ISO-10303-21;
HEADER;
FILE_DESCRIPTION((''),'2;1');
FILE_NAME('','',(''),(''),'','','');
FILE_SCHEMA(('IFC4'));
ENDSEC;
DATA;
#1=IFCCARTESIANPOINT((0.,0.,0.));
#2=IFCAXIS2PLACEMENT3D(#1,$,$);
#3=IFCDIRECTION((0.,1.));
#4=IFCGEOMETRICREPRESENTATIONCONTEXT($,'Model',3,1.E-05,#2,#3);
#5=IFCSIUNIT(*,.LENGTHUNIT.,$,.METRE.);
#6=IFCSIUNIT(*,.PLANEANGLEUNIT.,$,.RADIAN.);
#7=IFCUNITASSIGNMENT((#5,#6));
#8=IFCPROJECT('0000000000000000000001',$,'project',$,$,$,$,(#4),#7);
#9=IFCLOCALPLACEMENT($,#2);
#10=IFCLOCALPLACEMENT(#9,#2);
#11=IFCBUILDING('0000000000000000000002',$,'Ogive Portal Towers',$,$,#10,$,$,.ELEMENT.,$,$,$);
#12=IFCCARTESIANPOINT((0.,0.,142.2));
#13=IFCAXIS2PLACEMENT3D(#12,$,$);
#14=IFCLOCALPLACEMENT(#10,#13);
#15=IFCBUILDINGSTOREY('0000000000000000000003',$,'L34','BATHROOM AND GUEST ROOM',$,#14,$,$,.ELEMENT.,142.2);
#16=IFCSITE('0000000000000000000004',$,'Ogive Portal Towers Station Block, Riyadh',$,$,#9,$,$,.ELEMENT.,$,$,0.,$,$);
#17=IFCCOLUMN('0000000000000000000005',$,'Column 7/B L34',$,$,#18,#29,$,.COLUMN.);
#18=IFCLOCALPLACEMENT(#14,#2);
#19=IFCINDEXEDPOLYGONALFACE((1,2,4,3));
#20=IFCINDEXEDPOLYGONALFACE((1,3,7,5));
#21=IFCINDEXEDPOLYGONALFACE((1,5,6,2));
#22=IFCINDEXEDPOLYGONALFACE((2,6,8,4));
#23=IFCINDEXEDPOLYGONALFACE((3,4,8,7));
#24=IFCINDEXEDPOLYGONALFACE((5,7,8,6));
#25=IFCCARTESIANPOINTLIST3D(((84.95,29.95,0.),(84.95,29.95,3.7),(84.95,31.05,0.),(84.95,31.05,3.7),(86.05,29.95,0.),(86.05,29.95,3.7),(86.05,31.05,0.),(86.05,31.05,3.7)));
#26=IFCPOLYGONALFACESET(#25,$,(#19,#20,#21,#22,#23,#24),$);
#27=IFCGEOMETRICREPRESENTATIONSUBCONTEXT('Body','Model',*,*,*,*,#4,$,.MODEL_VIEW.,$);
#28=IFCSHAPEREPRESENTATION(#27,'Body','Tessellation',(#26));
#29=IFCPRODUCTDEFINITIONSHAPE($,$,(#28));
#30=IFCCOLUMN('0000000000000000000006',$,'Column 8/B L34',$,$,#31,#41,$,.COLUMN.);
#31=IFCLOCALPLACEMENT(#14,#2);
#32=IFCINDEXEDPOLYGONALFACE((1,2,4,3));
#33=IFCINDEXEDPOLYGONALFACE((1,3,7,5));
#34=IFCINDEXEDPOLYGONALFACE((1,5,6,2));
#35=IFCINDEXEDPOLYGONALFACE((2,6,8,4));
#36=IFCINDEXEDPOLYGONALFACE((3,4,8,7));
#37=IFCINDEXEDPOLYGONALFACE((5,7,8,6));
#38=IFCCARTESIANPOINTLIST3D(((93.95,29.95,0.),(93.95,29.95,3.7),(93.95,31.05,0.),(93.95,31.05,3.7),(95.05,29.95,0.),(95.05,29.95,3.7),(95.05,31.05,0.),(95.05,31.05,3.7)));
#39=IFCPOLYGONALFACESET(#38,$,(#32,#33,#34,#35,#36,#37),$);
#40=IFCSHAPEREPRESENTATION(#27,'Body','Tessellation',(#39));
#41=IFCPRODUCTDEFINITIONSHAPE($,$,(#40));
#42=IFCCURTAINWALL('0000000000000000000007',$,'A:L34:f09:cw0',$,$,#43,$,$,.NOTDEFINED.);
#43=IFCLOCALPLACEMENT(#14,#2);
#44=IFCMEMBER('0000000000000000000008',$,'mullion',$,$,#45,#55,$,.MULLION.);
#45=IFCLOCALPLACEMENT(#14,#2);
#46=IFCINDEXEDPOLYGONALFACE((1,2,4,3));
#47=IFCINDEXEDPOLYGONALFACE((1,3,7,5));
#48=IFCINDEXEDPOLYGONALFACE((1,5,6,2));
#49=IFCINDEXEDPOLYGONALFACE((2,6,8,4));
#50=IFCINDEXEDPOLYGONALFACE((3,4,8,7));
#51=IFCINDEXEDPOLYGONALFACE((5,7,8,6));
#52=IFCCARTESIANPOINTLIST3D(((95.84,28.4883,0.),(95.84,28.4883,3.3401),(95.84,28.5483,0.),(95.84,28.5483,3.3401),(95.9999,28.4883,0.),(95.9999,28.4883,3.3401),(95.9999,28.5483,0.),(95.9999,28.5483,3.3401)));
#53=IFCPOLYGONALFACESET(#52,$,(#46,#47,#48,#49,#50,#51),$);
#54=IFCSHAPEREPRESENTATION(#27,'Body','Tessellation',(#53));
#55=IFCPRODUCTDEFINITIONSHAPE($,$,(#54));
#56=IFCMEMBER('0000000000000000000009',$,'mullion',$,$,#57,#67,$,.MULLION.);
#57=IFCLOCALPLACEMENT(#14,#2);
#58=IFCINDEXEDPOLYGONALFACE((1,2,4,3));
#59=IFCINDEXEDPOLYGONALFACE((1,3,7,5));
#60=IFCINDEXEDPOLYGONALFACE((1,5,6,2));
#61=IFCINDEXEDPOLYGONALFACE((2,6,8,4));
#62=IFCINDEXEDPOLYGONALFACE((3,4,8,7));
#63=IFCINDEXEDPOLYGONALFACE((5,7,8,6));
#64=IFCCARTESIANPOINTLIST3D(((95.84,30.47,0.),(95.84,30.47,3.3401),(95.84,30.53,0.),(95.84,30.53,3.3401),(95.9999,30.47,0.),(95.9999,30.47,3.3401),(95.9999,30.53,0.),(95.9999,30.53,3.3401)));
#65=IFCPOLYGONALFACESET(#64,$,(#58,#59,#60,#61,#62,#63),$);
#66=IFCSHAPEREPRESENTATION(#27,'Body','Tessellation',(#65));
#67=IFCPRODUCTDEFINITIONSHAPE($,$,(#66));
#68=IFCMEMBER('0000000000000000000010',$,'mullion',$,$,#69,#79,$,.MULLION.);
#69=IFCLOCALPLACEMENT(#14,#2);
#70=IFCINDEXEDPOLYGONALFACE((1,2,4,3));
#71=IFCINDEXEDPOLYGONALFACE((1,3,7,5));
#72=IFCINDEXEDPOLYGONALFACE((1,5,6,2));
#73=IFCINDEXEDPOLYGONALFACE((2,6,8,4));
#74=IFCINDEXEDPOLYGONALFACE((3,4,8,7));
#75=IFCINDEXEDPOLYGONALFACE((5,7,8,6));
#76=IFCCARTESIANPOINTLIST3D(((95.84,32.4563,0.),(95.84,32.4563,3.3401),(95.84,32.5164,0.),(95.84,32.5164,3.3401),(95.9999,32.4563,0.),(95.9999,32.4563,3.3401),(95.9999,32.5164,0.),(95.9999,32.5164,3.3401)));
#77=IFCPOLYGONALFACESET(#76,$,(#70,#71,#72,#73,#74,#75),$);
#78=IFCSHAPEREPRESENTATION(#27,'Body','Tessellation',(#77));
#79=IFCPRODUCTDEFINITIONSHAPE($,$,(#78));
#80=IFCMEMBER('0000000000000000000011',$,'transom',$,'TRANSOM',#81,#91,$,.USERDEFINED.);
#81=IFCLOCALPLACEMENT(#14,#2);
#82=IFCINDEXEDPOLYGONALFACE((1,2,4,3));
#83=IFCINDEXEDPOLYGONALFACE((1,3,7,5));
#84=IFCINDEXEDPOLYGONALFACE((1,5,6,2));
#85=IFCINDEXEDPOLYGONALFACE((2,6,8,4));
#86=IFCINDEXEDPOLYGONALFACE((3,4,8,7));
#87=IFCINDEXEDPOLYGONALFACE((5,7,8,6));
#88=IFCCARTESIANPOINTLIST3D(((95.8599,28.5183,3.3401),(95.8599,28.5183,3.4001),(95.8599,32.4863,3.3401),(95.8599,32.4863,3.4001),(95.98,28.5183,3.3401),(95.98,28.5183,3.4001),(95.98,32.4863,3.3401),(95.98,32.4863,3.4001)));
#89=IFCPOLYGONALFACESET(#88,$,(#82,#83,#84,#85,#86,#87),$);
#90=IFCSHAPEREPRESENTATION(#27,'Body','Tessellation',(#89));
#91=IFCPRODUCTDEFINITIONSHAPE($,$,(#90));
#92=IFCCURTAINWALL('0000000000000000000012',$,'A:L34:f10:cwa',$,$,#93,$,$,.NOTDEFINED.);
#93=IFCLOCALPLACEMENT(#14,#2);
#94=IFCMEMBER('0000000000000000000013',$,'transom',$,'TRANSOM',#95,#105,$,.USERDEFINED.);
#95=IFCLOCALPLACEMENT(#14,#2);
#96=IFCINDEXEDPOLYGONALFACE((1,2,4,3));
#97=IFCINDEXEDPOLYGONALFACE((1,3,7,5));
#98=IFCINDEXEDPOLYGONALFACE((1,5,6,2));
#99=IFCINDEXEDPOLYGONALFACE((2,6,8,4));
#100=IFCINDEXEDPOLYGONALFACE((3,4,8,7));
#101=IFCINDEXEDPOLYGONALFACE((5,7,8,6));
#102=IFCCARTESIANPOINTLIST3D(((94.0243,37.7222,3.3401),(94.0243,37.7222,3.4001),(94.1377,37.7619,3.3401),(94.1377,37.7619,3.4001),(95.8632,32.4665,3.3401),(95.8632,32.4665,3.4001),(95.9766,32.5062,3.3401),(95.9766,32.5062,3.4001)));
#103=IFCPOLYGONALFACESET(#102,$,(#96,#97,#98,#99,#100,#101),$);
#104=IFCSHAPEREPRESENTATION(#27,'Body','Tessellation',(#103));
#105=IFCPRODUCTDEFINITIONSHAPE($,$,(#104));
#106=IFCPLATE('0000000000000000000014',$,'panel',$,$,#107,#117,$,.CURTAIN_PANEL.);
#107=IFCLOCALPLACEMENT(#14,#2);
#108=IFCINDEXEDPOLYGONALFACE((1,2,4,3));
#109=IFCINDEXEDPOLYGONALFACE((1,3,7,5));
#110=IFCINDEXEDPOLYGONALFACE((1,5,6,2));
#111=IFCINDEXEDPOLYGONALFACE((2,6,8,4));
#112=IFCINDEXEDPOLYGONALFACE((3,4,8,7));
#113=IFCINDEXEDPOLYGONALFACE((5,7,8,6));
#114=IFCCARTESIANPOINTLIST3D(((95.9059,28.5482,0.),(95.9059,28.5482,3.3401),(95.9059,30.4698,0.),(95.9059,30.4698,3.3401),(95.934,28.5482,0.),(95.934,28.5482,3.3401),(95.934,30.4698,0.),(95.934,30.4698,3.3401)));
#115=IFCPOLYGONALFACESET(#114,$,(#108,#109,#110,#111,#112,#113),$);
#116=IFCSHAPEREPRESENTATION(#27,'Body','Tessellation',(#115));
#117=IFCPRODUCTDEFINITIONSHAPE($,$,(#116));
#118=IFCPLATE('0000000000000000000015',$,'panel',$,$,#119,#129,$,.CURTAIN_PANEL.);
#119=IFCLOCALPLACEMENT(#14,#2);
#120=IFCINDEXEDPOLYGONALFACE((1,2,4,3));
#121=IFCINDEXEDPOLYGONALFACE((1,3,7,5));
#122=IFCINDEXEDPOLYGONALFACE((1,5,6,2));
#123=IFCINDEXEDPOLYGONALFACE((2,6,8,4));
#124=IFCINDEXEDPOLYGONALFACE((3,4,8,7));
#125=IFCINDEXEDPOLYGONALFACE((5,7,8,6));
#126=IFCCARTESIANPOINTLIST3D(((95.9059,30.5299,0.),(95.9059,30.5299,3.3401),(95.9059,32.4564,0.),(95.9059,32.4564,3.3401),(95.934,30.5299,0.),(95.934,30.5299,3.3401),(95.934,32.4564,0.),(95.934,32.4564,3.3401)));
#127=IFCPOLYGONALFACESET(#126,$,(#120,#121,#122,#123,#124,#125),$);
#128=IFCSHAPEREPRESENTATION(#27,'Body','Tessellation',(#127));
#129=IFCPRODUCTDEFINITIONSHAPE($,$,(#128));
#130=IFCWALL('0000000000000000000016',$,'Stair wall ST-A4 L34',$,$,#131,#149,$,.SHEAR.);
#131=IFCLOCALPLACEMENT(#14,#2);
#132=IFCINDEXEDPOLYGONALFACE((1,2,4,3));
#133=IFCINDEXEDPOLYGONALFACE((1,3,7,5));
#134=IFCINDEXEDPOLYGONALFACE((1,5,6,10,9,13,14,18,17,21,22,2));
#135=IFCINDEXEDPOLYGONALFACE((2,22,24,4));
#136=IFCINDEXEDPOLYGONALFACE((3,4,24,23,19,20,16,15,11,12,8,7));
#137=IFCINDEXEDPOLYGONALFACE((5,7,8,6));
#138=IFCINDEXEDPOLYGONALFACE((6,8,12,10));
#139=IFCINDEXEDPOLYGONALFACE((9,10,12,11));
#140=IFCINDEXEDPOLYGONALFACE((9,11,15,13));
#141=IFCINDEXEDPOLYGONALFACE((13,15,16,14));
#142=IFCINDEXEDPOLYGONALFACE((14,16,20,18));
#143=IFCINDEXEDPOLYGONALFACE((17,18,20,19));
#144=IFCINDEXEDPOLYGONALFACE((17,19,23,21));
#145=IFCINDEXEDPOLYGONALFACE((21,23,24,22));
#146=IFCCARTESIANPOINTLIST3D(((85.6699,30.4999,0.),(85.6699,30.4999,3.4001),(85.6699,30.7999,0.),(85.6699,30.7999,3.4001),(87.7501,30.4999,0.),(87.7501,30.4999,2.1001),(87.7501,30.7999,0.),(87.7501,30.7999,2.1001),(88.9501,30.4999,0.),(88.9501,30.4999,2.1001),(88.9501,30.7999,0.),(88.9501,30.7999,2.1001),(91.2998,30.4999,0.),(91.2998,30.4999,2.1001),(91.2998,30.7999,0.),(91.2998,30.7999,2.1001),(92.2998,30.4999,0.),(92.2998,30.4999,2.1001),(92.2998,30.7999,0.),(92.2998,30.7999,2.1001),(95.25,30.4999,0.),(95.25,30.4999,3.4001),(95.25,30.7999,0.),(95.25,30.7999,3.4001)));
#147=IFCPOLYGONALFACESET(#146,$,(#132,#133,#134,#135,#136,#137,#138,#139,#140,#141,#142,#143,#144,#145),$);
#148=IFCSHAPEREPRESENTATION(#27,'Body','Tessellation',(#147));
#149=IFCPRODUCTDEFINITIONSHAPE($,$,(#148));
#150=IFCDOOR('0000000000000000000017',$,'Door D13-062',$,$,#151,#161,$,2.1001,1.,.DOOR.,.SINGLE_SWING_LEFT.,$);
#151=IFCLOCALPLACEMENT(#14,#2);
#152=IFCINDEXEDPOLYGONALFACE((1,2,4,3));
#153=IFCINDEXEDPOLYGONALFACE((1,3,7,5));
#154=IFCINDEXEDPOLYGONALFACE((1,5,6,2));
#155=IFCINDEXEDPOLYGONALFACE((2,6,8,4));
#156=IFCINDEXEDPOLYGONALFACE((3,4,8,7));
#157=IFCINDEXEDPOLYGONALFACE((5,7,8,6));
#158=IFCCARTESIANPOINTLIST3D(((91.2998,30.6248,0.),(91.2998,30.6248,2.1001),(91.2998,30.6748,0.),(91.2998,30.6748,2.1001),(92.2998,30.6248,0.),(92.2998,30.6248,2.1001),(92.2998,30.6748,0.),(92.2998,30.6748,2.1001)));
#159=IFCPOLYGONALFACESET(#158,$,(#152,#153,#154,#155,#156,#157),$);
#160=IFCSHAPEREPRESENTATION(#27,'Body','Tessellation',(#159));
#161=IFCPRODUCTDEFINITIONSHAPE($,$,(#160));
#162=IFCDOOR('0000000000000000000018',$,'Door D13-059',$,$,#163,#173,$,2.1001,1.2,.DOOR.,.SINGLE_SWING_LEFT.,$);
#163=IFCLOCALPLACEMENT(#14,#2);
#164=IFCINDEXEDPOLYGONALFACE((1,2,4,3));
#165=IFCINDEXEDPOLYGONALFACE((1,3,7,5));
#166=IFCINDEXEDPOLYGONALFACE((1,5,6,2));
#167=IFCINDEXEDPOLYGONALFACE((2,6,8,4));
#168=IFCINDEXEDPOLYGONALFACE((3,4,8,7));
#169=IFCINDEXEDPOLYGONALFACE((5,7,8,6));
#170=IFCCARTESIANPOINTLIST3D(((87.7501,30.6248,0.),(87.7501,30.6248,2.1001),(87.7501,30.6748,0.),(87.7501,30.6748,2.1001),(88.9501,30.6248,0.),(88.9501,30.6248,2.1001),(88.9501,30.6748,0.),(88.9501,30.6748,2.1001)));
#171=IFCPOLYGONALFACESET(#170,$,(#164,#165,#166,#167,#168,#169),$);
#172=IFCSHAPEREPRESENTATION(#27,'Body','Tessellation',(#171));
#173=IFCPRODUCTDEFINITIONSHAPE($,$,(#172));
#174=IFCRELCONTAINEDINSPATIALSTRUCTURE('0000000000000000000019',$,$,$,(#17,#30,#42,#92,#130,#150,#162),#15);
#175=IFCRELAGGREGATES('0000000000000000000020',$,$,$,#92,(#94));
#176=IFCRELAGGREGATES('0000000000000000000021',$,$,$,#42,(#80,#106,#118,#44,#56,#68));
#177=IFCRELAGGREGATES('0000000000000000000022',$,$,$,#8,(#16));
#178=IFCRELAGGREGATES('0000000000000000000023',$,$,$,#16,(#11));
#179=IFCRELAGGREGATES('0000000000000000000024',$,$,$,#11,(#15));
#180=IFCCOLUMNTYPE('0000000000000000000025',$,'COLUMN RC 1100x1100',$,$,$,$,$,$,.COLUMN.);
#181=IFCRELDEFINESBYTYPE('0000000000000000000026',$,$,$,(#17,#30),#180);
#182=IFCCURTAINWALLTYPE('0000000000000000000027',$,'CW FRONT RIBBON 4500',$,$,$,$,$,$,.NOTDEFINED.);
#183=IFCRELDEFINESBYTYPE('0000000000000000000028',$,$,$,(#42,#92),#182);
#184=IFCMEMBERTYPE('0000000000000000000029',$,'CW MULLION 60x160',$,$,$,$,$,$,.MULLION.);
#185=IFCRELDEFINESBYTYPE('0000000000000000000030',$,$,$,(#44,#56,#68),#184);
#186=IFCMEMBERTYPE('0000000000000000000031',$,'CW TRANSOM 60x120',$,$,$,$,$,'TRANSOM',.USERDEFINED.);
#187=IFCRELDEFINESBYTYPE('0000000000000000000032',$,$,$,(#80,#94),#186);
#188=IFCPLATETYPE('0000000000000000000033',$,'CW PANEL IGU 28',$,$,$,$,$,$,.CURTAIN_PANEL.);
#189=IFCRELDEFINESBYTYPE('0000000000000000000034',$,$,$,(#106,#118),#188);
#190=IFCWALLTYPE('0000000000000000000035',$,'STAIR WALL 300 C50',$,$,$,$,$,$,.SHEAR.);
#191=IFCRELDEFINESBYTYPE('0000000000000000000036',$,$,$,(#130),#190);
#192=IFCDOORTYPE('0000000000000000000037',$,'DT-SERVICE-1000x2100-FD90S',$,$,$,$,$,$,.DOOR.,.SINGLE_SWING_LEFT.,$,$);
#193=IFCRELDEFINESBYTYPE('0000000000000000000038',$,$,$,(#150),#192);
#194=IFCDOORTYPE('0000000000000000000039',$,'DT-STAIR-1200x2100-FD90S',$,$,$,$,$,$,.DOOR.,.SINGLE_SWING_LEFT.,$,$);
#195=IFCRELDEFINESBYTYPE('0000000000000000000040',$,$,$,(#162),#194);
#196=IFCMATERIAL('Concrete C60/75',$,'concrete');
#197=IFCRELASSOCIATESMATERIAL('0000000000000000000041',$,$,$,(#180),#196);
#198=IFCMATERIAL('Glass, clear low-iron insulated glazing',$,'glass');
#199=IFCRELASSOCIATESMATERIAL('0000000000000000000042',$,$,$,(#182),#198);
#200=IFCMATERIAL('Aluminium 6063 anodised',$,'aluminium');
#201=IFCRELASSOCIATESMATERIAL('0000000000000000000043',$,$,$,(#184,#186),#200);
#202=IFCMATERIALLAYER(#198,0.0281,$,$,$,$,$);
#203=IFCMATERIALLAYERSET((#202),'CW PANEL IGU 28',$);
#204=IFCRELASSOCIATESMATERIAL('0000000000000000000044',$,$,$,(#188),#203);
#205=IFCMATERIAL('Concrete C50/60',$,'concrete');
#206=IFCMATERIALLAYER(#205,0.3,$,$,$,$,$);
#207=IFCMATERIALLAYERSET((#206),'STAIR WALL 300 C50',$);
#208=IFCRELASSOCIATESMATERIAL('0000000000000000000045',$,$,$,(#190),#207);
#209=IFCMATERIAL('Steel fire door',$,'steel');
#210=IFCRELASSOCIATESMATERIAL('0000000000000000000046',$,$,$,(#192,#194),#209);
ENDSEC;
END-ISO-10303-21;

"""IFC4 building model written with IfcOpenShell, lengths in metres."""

from ifc_helpers import new_model, si_unit, direction, frame, frame_2d, origin, origin_2d, place, context, subcontext, project, spatial, rectangle, extrude, material, layer, layer_set, material_profile, profile_set, type_object, element, fill, aggregate, save


model = new_model("IFC4")

# Units and contexts
model_context = context("Model", 3, precision=1e-05, world=origin(), true_north=direction((0.0, 1.0)))
body_context = subcontext(model_context, "Body", "Model", "MODEL_VIEW")
ifc_project = project(units=[si_unit("LENGTHUNIT", "METRE"), si_unit("PLANEANGLEUNIT", "RADIAN")], contexts=[model_context])

# Site, building, storey
site_placement = place(None, origin())
site = spatial("IfcSite", under=ifc_project, at=site_placement, Name="Ogive Portal Towers Station Block, Riyadh", CompositionType="ELEMENT", RefElevation=0.0)
building_placement = place(site_placement, origin())
building = spatial("IfcBuilding", under=site, at=building_placement, Name="Ogive Portal Towers", CompositionType="ELEMENT")
storey_placement = place(building_placement, frame((0.0, 0.0, 142.2)))
storey = spatial("IfcBuildingStorey", under=building, at=storey_placement, Name="L34", Description="BATHROOM AND GUEST ROOM", CompositionType="ELEMENT", Elevation=142.2)

# Columns
ifc_material_1 = material(Name="Concrete C60/75", Category="concrete")
ifc_material_profile_1 = material_profile(ifc_material_1, rectangle(XDim=1.1001, YDim=1.1001, at=origin_2d()), Name="RC 1100x1100")
ifc_profile_set_1 = profile_set([ifc_material_profile_1], Name="Concrete C60/75")
column_type = type_object("IfcColumnType", Name="COLUMN RC 1100x1100", PredefinedType="COLUMN", material=ifc_profile_set_1)
for number, where, z_axis, x_axis, name in (
    (1, (85.5, 30.5, 0.0), (0.0, 0.0, 1.0), (1.0, 0.0, 0.0), "Column 7/B L34"),
    (2, (94.5, 30.5, 0.0), (0.0, 0.0, 1.0), (1.0, 0.0, 0.0), "Column 8/B L34"),
):
    element("IfcColumn", number, at=place(storey_placement, frame(where, z_axis=z_axis, x_axis=x_axis)), inside=storey, type_object=column_type, Name=name, PredefinedType="COLUMN", context=body_context, shape_type="SweptSolid", body=[
        extrude(rectangle(XDim=1.1001, YDim=1.1001, at=origin_2d()), origin(), (0.0, 0.0, 1.0), 3.7),
    ])

# Curtain wall, members
ifc_material_2 = material(Name="Glass, clear low-iron insulated glazing", Category="glass")
curtain_wall_type = type_object("IfcCurtainWallType", Name="CW FRONT RIBBON 4500", PredefinedType="NOTDEFINED", material=ifc_material_2)
curtain_wall_1_placement = place(storey_placement, origin())
curtain_wall_1 = element("IfcCurtainWall", 3, at=curtain_wall_1_placement, inside=storey, type_object=curtain_wall_type, Name="A:L34:f09:cw0", PredefinedType="NOTDEFINED")
ifc_material_3 = material(Name="Aluminium 6063 anodised", Category="aluminium")
ifc_material_profile_2 = material_profile(ifc_material_3, rectangle(XDim=0.1599, YDim=0.0601, at=origin_2d()), Name="AL 60x160")
ifc_profile_set_2 = profile_set([ifc_material_profile_2], Name="Aluminium 6063 anodised")
member_type_1 = type_object("IfcMemberType", Name="CW MULLION 60x160", PredefinedType="MULLION", material=ifc_profile_set_2)
member_1_placement = place(storey_placement, frame((95.9199, 28.5183, 0.0), z_axis=(0.0, 0.0, 1.0), x_axis=(-1.0, 0.0, 0.0)))
member_1 = element("IfcMember", 4, at=member_1_placement, type_object=member_type_1, Name="mullion", PredefinedType="MULLION", context=body_context, shape_type="SweptSolid", body=[
    extrude(rectangle(XDim=0.1599, YDim=0.0601, at=origin_2d()), origin(), (0.0, 0.0, 1.0), 3.3401),
])
member_2_placement = place(storey_placement, frame((95.9199, 30.5, 0.0), z_axis=(0.0, 0.0, 1.0), x_axis=(-1.0, 0.0, 0.0)))
member_2 = element("IfcMember", 5, at=member_2_placement, type_object=member_type_1, Name="mullion", PredefinedType="MULLION", context=body_context, shape_type="SweptSolid", body=[
    extrude(rectangle(XDim=0.1599, YDim=0.0601, at=origin_2d()), origin(), (0.0, 0.0, 1.0), 3.3401),
])
member_3_placement = place(storey_placement, frame((95.9199, 32.4863, 0.0), z_axis=(0.0, 0.0, 1.0), x_axis=(-1.0, 0.0, 0.0)))
member_3 = element("IfcMember", 6, at=member_3_placement, type_object=member_type_1, Name="mullion", PredefinedType="MULLION", context=body_context, shape_type="SweptSolid", body=[
    extrude(rectangle(XDim=0.1599, YDim=0.0601, at=origin_2d()), origin(), (0.0, 0.0, 1.0), 3.3401),
])
ifc_material_profile_3 = material_profile(ifc_material_3, rectangle(XDim=0.1201, YDim=0.0601, at=origin_2d()), Name="AL 120x60")
ifc_profile_set_3 = profile_set([ifc_material_profile_3], Name="Aluminium 6063 anodised")
member_type_2 = type_object("IfcMemberType", Name="CW TRANSOM 60x120", ElementType="TRANSOM", PredefinedType="USERDEFINED", material=ifc_profile_set_3)
member_4_placement = place(storey_placement, frame((95.9199, 28.5183, 3.3701), z_axis=(0.0, 1.0, 0.0), x_axis=(-1.0, 0.0, 0.0)))
member_4 = element("IfcMember", 7, at=member_4_placement, type_object=member_type_2, Name="transom", ObjectType="TRANSOM", PredefinedType="USERDEFINED", context=body_context, shape_type="SweptSolid", body=[
    extrude(rectangle(XDim=0.1201, YDim=0.0601, at=origin_2d()), origin(), (0.0, 0.0, 1.0), 3.968),
])

# Curtain wall, member
curtain_wall_2_placement = place(storey_placement, origin())
curtain_wall_2 = element("IfcCurtainWall", 8, at=curtain_wall_2_placement, inside=storey, type_object=curtain_wall_type, Name="A:L34:f10:cwa", PredefinedType="NOTDEFINED")
member_5_placement = place(storey_placement, frame((95.9199, 32.4863, 3.3701), z_axis=(-0.330255, 0.943892, 0.0), x_axis=(-0.943892, -0.330255, 0.0)))
member_5 = element("IfcMember", 9, at=member_5_placement, type_object=member_type_2, Name="transom", ObjectType="TRANSOM", PredefinedType="USERDEFINED", context=body_context, shape_type="SweptSolid", body=[
    extrude(rectangle(XDim=0.1201, YDim=0.0601, at=origin_2d()), origin(), (0.0, 0.0, 1.0), 5.5681),
])
aggregate(curtain_wall_2, [member_5])

# Plates
ifc_layer_1 = layer(ifc_material_2, 0.0281)
ifc_layer_set_1 = layer_set([ifc_layer_1], Name="CW PANEL IGU 28")
plate_type = type_object("IfcPlateType", Name="CW PANEL IGU 28", PredefinedType="CURTAIN_PANEL", material=ifc_layer_set_1)
plate_1_placement = place(storey_placement, frame((95.9199, 29.509, 0.0), z_axis=(0.0, 0.0, 1.0), x_axis=(0.0, 1.0, 0.0)))
plate_1 = element("IfcPlate", 10, at=plate_1_placement, type_object=plate_type, Name="panel", PredefinedType="CURTAIN_PANEL", context=body_context, shape_type="SweptSolid", body=[
    extrude(rectangle(XDim=1.9216, YDim=0.0281, at=origin_2d()), origin(), (0.0, 0.0, 1.0), 3.3401),
])
plate_2_placement = place(storey_placement, frame((95.9199, 31.4932, 0.0), z_axis=(0.0, 0.0, 1.0), x_axis=(0.0, 1.0, 0.0)))
plate_2 = element("IfcPlate", 11, at=plate_2_placement, type_object=plate_type, Name="panel", PredefinedType="CURTAIN_PANEL", context=body_context, shape_type="SweptSolid", body=[
    extrude(rectangle(XDim=1.9265, YDim=0.0281, at=origin_2d()), origin(), (0.0, 0.0, 1.0), 3.3401),
])
aggregate(curtain_wall_1, [member_4, plate_1, plate_2, member_1, member_2, member_3])

# Wall, openings, doors
ifc_material_4 = material(Name="Concrete C50/60", Category="concrete")
ifc_layer_2 = layer(ifc_material_4, 0.3)
ifc_layer_set_2 = layer_set([ifc_layer_2], Name="STAIR WALL 300 C50")
wall_type_1 = type_object("IfcWallType", Name="STAIR WALL 300 C50", PredefinedType="SHEAR", material=ifc_layer_set_2)
wall_1_placement = place(storey_placement, frame((85.6699, 30.6499, 0.0), z_axis=(0.0, 0.0, 1.0), x_axis=(1.0, 0.0, 0.0)))
wall_1 = element("IfcWall", 12, at=wall_1_placement, inside=storey, type_object=wall_type_1, Name="Stair wall ST-A4 L34", PredefinedType="SHEAR", context=body_context, shape_type="SweptSolid", body=[
    extrude(rectangle(XDim=9.5801, YDim=0.3, at=frame_2d((4.79, 0.0))), origin(), (0.0, 0.0, 1.0), 3.4001),
])
opening_1_placement = place(wall_1_placement, frame((2.0801, 0.0, 0.0)))
opening_1 = element("IfcOpeningElement", 13, at=opening_1_placement, cuts=wall_1, PredefinedType="OPENING", context=body_context, shape_type="SweptSolid", body=[
    extrude(rectangle(XDim=1.2, YDim=2.1001, at=frame_2d((0.6001, 1.05))), frame((0.0, 0.1602, 0.0), z_axis=(0.0, -1.0, 0.0), x_axis=(1.0, 0.0, 0.0)), (0.0, 0.0, 1.0), 0.3201),
])
opening_2_placement = place(wall_1_placement, frame((5.6299, 0.0, 0.0)))
opening_2 = element("IfcOpeningElement", 14, at=opening_2_placement, cuts=wall_1, PredefinedType="OPENING", context=body_context, shape_type="SweptSolid", body=[
    extrude(rectangle(XDim=1.0, YDim=2.1001, at=frame_2d((0.5, 1.05))), frame((0.0, 0.1602, 0.0), z_axis=(0.0, -1.0, 0.0), x_axis=(1.0, 0.0, 0.0)), (0.0, 0.0, 1.0), 0.3201),
])
ifc_material_5 = material(Name="Steel fire door", Category="steel")
door_type_1 = type_object("IfcDoorType", Name="DT-SERVICE-1000x2100-FD90S", OperationType="SINGLE_SWING_LEFT", PredefinedType="DOOR", material=ifc_material_5)
door_1_placement = place(opening_2_placement, origin())
door_1 = element("IfcDoor", 15, at=door_1_placement, inside=storey, type_object=door_type_1, Name="Door D13-062", OperationType="SINGLE_SWING_LEFT", OverallHeight=2.1001, OverallWidth=1.0, PredefinedType="DOOR", context=body_context, shape_type="SweptSolid", body=[
    extrude(rectangle(XDim=1.0, YDim=2.1001, at=frame_2d((0.5, 1.05))), frame((0.0, 0.0249, 0.0), z_axis=(0.0, -1.0, 0.0), x_axis=(1.0, 0.0, 0.0)), (0.0, 0.0, 1.0), 0.05),
])
fill(opening_2, door_1)
door_type_2 = type_object("IfcDoorType", Name="DT-STAIR-1200x2100-FD90S", OperationType="SINGLE_SWING_LEFT", PredefinedType="DOOR", material=ifc_material_5)
door_2_placement = place(opening_1_placement, origin())
door_2 = element("IfcDoor", 16, at=door_2_placement, inside=storey, type_object=door_type_2, Name="Door D13-059", OperationType="SINGLE_SWING_LEFT", OverallHeight=2.1001, OverallWidth=1.2, PredefinedType="DOOR", context=body_context, shape_type="SweptSolid", body=[
    extrude(rectangle(XDim=1.2, YDim=2.1001, at=frame_2d((0.6001, 1.05))), frame((0.0, 0.0249, 0.0), z_axis=(0.0, -1.0, 0.0), x_axis=(1.0, 0.0, 0.0)), (0.0, 0.0, 1.0), 0.05),
])
fill(opening_1, door_2)

save(model, "model.ifc")
